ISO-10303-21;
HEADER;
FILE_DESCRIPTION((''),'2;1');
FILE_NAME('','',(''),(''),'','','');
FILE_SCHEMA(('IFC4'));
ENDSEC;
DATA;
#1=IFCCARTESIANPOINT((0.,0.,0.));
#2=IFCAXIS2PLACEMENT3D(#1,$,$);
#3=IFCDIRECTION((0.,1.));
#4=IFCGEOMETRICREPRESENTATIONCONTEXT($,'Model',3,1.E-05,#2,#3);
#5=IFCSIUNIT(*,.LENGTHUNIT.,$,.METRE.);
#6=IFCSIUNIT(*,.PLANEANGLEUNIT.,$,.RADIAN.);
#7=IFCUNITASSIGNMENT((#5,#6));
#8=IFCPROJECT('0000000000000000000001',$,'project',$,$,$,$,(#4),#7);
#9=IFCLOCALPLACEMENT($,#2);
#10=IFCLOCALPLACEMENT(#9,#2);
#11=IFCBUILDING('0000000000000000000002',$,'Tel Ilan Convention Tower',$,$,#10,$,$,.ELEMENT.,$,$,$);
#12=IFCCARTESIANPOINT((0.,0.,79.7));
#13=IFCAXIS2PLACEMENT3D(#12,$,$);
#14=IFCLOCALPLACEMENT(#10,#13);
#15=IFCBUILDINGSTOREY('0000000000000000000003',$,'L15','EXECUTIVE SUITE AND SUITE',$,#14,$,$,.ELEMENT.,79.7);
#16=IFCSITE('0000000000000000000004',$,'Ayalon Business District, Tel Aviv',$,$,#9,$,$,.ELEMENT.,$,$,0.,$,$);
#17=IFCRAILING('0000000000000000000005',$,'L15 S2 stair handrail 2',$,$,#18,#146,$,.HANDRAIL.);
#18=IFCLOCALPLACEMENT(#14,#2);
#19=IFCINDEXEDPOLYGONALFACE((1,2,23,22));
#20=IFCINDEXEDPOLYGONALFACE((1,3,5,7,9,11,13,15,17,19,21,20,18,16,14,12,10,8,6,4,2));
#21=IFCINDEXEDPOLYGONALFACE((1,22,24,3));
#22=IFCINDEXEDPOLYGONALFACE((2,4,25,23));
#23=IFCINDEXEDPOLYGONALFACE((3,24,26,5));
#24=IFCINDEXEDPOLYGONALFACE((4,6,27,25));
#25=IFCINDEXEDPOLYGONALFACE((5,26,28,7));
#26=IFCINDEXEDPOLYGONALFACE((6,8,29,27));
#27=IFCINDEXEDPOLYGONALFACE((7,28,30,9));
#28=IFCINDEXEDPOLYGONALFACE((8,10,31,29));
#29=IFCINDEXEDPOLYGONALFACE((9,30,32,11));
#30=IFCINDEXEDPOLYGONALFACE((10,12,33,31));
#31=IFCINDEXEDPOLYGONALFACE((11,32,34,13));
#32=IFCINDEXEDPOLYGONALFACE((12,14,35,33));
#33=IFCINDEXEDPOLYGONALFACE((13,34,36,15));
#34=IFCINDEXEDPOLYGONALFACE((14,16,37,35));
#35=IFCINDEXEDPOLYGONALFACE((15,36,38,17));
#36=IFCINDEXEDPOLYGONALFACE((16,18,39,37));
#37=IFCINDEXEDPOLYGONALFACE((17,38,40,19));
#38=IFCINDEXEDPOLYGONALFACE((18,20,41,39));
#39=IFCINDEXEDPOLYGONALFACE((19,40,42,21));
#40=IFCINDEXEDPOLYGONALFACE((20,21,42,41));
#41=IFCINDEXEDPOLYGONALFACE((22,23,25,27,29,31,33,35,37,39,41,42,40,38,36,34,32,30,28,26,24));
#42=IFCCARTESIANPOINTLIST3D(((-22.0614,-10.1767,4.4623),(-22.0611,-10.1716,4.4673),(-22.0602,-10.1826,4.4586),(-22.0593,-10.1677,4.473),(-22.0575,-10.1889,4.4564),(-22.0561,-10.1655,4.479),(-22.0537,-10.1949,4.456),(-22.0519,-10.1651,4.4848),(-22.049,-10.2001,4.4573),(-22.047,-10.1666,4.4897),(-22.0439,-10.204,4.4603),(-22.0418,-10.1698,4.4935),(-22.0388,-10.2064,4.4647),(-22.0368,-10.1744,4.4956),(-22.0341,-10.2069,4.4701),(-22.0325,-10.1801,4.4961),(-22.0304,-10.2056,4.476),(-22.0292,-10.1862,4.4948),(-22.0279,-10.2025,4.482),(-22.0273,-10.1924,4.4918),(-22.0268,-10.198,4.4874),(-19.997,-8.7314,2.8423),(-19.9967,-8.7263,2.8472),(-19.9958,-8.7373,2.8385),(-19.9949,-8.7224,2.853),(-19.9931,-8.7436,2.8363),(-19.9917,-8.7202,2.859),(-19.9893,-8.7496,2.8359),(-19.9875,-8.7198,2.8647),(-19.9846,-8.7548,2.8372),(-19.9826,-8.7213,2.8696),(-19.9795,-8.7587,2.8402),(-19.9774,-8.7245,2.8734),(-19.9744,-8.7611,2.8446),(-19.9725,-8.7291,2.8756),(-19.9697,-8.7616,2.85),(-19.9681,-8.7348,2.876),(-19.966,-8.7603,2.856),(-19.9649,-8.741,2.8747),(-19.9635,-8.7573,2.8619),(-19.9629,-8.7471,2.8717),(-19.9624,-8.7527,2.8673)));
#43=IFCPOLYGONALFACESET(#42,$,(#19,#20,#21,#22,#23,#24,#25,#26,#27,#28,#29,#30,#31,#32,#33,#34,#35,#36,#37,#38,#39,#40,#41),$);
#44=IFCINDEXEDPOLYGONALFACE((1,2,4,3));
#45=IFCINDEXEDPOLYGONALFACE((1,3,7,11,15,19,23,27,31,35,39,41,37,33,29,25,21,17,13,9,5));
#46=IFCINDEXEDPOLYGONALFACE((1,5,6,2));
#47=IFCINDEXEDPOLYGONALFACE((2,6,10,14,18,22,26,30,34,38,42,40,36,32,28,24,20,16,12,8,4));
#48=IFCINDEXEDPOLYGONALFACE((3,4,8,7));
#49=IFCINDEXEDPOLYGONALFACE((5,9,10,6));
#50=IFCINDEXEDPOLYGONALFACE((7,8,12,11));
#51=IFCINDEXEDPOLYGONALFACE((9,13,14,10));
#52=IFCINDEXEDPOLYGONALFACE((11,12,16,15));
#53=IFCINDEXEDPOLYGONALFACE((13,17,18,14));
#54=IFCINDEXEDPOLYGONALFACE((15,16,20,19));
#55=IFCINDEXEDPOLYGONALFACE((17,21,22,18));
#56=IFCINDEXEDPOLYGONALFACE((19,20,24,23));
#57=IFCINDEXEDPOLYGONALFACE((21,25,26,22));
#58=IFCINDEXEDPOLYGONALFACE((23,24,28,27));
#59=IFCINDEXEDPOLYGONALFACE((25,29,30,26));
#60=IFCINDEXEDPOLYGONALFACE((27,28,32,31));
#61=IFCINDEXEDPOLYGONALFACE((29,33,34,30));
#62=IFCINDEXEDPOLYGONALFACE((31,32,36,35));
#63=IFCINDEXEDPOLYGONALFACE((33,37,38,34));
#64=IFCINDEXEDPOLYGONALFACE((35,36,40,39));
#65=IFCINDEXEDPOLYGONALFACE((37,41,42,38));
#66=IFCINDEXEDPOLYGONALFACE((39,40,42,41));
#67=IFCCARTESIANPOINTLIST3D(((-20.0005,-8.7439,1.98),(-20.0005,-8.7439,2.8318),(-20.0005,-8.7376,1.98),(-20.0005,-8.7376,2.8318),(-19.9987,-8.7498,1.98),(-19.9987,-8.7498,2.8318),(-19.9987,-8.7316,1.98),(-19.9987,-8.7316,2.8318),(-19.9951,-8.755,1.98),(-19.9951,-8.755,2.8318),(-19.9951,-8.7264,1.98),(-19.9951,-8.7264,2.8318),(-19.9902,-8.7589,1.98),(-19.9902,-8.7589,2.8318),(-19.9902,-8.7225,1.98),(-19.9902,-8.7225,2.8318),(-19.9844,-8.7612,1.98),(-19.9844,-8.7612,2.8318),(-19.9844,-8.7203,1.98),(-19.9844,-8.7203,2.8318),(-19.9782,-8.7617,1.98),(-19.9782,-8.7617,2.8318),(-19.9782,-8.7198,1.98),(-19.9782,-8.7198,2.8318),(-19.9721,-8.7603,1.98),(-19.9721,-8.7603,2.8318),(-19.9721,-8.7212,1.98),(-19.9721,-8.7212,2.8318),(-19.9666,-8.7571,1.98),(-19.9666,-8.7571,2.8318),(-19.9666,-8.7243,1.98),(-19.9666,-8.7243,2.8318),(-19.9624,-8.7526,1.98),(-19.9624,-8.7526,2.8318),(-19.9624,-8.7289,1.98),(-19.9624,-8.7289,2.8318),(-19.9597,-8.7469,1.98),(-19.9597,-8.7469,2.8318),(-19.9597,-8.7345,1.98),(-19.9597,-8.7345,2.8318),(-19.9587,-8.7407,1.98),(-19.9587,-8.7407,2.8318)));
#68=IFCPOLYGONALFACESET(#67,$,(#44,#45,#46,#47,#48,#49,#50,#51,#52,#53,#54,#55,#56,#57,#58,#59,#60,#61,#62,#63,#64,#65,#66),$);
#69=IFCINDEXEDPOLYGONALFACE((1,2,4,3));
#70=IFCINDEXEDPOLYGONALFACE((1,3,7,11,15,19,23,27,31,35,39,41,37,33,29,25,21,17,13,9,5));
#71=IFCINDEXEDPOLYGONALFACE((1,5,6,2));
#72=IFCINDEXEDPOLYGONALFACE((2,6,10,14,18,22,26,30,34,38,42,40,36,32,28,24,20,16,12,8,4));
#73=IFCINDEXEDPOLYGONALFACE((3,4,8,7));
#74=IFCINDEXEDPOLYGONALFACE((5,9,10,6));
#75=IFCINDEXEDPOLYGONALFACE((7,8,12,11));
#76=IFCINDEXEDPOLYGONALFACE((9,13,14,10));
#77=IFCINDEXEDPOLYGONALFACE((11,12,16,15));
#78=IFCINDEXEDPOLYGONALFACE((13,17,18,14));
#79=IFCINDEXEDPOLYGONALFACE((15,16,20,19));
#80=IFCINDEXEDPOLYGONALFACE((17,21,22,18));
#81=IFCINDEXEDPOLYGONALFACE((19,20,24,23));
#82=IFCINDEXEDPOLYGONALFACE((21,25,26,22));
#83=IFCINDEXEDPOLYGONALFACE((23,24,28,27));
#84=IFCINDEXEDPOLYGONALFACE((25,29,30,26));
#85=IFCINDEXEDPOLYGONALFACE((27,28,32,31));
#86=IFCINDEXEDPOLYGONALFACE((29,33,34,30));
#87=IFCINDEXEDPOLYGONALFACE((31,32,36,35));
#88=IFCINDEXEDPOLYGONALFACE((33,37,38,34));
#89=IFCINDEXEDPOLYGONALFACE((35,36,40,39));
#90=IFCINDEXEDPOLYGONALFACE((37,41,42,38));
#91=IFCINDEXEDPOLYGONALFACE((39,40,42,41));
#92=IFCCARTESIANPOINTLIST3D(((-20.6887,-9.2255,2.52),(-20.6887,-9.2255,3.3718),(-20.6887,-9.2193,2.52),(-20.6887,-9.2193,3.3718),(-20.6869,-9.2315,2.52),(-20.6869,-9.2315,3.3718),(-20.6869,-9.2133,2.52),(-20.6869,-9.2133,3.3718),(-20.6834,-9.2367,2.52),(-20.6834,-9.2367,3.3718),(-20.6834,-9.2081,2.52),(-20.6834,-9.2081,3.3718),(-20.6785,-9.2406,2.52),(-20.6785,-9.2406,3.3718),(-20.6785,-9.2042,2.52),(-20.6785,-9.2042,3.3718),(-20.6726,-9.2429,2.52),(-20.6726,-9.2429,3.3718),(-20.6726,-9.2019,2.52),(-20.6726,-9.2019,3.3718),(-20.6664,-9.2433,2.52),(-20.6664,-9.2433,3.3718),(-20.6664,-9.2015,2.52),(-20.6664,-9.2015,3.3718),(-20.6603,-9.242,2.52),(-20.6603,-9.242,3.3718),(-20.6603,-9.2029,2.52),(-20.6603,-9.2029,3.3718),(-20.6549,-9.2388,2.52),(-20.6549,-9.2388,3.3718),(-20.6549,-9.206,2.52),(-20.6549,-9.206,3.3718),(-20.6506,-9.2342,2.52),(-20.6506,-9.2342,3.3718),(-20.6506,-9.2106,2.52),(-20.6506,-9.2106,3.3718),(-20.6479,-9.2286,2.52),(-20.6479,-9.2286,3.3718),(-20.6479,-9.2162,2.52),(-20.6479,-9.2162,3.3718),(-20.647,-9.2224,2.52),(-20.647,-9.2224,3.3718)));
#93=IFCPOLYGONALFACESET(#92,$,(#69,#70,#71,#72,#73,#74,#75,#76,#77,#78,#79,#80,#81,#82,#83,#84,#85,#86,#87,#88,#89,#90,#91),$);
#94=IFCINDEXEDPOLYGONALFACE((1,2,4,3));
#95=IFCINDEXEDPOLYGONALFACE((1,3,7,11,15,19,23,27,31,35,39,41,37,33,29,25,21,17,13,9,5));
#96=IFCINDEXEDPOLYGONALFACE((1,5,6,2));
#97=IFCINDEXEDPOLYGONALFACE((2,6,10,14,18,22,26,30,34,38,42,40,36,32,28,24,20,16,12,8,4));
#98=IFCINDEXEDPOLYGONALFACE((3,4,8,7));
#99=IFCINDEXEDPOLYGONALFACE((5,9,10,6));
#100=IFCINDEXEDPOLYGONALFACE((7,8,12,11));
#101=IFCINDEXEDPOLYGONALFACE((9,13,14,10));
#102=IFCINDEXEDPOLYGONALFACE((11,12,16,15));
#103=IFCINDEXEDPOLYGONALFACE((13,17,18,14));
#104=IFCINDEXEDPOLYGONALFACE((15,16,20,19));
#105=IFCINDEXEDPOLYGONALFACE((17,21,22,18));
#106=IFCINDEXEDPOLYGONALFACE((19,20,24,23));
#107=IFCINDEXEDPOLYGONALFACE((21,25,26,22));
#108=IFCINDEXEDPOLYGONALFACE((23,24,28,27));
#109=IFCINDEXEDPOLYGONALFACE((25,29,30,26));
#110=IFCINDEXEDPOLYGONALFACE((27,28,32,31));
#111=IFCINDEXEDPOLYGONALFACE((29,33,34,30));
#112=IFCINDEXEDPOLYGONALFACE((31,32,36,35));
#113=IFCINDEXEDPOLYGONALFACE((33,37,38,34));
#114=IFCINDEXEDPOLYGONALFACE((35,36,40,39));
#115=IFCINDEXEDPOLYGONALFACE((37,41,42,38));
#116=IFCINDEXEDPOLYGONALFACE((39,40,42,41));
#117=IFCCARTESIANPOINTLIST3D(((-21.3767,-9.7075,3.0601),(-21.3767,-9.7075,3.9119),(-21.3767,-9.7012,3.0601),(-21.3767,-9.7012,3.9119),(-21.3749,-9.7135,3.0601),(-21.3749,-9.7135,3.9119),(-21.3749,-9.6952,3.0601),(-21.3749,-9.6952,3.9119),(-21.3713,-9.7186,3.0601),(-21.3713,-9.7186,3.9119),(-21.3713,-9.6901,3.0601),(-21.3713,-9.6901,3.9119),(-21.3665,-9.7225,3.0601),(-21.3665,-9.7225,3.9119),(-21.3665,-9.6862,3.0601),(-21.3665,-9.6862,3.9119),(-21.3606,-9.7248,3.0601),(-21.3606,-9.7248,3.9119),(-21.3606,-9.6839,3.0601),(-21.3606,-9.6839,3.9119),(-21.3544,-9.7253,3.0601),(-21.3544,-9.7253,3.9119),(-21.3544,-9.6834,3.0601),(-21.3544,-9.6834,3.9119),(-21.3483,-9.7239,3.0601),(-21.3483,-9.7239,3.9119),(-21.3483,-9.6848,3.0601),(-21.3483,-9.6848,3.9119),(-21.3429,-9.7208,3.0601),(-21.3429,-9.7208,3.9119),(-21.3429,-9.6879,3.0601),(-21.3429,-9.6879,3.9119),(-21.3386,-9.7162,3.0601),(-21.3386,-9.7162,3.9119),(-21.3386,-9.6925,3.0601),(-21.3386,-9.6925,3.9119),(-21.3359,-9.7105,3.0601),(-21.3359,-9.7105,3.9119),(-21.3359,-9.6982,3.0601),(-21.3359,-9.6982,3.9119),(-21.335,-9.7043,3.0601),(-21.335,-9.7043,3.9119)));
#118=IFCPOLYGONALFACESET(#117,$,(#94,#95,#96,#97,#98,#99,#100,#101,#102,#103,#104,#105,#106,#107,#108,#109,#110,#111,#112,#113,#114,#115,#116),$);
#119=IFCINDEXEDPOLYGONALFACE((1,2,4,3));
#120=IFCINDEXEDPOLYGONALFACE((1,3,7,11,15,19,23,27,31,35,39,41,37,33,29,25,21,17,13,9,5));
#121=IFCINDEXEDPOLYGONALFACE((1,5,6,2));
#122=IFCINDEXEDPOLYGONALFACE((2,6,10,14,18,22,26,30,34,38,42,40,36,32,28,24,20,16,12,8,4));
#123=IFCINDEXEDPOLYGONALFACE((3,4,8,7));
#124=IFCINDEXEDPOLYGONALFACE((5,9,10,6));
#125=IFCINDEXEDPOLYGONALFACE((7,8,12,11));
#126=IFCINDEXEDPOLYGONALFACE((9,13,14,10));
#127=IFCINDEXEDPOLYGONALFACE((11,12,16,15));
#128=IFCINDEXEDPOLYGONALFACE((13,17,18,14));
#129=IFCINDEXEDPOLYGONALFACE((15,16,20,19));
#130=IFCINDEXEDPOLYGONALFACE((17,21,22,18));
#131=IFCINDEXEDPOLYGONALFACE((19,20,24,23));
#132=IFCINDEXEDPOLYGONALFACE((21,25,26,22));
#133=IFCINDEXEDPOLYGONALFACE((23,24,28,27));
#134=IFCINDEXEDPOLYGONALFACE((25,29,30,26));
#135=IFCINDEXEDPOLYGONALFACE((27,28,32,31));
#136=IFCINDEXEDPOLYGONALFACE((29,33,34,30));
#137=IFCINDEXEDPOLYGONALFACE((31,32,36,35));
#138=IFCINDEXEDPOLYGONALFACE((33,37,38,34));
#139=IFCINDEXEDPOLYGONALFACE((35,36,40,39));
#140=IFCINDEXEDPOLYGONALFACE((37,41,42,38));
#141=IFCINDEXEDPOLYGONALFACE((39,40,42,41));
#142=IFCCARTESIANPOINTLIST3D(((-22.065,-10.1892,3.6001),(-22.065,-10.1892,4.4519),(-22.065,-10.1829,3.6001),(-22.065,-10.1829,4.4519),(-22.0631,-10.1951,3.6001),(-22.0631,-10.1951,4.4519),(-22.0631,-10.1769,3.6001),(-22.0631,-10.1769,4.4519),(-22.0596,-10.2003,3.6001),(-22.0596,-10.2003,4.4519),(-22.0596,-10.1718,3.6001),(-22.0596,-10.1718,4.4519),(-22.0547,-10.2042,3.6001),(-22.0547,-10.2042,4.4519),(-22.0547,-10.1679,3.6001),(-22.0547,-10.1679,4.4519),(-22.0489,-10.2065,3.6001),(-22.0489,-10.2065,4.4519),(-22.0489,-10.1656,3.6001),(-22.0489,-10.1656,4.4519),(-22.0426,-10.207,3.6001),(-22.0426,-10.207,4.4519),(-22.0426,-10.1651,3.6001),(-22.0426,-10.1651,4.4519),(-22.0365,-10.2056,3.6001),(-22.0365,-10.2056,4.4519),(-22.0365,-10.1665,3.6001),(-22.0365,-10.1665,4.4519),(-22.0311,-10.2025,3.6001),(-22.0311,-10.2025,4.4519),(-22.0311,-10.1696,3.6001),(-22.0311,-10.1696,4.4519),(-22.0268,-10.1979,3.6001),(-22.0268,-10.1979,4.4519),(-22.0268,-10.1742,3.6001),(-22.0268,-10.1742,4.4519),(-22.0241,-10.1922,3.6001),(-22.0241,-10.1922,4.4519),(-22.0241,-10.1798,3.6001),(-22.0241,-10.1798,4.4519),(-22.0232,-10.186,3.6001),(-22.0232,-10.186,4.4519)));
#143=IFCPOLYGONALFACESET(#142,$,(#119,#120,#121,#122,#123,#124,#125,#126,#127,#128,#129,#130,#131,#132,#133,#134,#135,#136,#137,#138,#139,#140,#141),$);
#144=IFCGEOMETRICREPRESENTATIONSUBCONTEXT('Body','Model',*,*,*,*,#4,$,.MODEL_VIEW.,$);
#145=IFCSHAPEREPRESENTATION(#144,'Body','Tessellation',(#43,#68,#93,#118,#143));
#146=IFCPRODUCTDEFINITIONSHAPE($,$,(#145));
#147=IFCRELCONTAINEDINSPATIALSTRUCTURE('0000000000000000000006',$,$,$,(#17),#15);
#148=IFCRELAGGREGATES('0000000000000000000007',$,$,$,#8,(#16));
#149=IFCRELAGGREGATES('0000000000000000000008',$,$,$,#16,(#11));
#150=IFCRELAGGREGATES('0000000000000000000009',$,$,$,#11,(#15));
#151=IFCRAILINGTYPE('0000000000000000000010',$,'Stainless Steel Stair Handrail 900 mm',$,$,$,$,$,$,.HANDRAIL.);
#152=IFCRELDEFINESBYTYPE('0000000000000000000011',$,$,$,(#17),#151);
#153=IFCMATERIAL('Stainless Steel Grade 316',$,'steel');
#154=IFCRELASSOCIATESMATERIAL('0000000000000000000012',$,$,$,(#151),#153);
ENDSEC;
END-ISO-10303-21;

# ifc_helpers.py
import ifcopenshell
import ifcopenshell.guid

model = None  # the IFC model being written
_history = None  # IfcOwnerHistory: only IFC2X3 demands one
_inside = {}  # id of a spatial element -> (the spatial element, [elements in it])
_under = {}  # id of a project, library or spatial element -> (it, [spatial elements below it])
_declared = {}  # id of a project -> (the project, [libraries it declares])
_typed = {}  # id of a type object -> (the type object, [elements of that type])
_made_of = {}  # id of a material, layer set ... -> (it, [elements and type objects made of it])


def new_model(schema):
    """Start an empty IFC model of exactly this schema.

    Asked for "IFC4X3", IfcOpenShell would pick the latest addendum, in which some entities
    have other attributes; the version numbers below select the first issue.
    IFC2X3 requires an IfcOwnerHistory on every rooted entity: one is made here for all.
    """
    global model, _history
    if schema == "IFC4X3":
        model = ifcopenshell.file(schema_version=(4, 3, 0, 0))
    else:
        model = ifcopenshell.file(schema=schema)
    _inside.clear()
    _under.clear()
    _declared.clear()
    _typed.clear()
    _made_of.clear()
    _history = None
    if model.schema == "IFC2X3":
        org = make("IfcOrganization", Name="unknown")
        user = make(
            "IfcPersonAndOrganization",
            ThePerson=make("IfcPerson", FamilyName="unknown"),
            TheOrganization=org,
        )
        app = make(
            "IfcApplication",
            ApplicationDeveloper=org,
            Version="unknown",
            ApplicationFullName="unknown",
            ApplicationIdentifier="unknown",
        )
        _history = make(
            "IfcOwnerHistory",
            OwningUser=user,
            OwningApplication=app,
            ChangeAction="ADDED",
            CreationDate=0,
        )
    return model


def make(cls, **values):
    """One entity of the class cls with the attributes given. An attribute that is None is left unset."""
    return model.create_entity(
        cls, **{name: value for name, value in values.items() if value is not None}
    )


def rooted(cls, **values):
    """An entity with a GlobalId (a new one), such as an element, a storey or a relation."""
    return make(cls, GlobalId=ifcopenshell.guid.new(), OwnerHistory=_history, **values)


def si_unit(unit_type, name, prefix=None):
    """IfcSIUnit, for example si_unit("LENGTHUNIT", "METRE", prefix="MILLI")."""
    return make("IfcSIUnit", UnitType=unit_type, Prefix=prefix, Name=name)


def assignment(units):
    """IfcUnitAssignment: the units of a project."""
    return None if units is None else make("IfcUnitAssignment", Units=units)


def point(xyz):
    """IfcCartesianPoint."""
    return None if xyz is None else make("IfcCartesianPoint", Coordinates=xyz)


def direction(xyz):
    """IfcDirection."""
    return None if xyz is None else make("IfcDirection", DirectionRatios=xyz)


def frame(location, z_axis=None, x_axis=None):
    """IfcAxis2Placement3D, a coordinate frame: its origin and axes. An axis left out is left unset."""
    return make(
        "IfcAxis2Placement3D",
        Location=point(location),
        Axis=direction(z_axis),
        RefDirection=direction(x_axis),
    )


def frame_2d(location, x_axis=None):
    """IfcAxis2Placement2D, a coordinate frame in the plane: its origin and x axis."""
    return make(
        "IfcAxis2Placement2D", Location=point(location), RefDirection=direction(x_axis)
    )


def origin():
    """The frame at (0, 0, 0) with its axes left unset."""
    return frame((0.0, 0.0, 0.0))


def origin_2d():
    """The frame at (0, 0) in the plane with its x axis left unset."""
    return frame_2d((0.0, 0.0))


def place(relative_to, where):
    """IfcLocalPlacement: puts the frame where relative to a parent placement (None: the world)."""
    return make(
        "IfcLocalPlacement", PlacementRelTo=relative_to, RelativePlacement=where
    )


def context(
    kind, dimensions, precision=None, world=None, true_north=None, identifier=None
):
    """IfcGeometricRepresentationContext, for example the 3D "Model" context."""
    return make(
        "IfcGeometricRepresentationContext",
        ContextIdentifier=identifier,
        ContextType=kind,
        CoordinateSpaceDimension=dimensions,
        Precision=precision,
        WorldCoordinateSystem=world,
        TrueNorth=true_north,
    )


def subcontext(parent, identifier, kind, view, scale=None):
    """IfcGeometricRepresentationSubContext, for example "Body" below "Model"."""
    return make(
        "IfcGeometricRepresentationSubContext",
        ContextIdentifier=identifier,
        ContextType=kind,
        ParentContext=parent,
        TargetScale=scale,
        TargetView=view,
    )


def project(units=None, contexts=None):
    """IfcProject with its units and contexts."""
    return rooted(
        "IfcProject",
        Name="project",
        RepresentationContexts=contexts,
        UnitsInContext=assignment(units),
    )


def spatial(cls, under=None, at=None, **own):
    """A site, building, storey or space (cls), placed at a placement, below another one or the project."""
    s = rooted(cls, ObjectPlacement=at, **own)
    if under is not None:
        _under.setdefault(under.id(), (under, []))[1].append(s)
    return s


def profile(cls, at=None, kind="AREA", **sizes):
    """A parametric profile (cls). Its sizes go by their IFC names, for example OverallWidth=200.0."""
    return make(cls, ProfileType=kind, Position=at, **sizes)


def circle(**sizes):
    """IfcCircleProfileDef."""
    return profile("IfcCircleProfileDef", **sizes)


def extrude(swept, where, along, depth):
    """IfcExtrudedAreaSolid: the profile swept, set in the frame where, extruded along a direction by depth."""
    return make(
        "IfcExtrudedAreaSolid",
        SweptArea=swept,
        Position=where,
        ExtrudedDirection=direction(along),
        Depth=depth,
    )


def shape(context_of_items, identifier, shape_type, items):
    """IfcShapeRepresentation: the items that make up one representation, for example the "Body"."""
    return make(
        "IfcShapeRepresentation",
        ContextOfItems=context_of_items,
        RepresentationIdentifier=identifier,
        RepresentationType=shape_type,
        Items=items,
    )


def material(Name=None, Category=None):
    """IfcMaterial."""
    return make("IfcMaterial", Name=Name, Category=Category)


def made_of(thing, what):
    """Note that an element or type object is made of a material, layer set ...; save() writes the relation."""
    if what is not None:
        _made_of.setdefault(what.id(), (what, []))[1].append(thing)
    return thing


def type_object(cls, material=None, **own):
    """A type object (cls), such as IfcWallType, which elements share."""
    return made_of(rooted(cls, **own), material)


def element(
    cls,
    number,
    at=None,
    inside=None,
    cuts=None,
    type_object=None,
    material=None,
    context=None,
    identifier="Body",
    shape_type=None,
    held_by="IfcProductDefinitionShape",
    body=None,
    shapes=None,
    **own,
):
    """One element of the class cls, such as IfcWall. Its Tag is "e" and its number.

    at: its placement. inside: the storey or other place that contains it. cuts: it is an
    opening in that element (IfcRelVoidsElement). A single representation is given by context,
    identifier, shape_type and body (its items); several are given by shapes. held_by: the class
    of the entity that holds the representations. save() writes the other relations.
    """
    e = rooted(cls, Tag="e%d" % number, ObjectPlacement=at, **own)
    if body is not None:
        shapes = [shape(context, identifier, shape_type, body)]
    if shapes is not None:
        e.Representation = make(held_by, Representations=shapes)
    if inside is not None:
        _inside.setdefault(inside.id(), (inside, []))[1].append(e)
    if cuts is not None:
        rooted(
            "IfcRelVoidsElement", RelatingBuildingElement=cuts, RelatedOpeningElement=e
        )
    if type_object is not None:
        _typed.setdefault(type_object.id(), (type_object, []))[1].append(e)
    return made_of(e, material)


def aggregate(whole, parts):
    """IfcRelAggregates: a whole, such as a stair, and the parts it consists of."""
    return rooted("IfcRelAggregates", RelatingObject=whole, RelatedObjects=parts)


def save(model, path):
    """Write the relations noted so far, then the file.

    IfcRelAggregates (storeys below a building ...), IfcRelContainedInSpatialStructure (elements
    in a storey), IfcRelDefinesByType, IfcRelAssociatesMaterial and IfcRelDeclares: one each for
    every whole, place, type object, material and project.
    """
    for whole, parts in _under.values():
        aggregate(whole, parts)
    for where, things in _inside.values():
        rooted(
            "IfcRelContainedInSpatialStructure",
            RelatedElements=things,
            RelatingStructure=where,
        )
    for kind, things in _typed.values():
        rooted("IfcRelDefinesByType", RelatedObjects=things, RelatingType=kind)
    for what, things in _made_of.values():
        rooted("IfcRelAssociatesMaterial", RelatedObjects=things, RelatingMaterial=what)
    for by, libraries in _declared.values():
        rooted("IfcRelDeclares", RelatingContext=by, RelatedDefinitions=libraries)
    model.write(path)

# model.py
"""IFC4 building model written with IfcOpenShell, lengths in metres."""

from ifc_helpers import new_model, si_unit, direction, frame, origin, origin_2d, place, context, subcontext, project, spatial, circle, extrude, material, type_object, element, save


model = new_model("IFC4")

# Units and contexts
model_context = context("Model", 3, precision=1e-05, world=origin(), true_north=direction((0.0, 1.0)))
body_context = subcontext(model_context, "Body", "Model", "MODEL_VIEW")
ifc_project = project(units=[si_unit("LENGTHUNIT", "METRE"), si_unit("PLANEANGLEUNIT", "RADIAN")], contexts=[model_context])

# Site, building, storey
site_placement = place(None, origin())
site = spatial("IfcSite", under=ifc_project, at=site_placement, Name="Ayalon Business District, Tel Aviv", CompositionType="ELEMENT", RefElevation=0.0)
building_placement = place(site_placement, origin())
building = spatial("IfcBuilding", under=site, at=building_placement, Name="Tel Ilan Convention Tower", CompositionType="ELEMENT")
storey_placement = place(building_placement, frame((0.0, 0.0, 79.7)))
storey = spatial("IfcBuildingStorey", under=building, at=storey_placement, Name="L15", Description="EXECUTIVE SUITE AND SUITE", CompositionType="ELEMENT", Elevation=79.7)

# Railing
ifc_material_1 = material(Name="Stainless Steel Grade 316", Category="steel")
railing_type_1 = type_object("IfcRailingType", Name="Stainless Steel Stair Handrail 900 mm", PredefinedType="HANDRAIL", material=ifc_material_1)
railing_1_placement = place(storey_placement, frame((-19.9797, -8.7407, 1.98)))
element("IfcRailing", 1, at=railing_1_placement, inside=storey, type_object=railing_type_1, Name="L15 S2 stair handrail 2", PredefinedType="HANDRAIL", context=body_context, shape_type="SweptSolid", body=[
    extrude(circle(Radius=0.0239, at=origin_2d()), frame((0.0, 0.0, 0.876), z_axis=(-0.689083, -0.482423, 0.54077), x_axis=(0.573514, -0.819196, 0.0)), (0.0, 0.0, 1.0), 2.9958),
    extrude(circle(Radius=0.021, at=origin_2d()), origin(), (0.0, 0.0, 1.0), 0.8518),
    extrude(circle(Radius=0.021, at=origin_2d()), frame((-0.6882, -0.4817, 0.54)), (0.0, 0.0, 1.0), 0.8518),
    extrude(circle(Radius=0.021, at=origin_2d()), frame((-1.3762, -0.9636, 1.0801)), (0.0, 0.0, 1.0), 0.8518),
    extrude(circle(Radius=0.021, at=origin_2d()), frame((-2.0645, -1.4453, 1.6201)), (0.0, 0.0, 1.0), 0.8518),
])

save(model, "model.ifc")
